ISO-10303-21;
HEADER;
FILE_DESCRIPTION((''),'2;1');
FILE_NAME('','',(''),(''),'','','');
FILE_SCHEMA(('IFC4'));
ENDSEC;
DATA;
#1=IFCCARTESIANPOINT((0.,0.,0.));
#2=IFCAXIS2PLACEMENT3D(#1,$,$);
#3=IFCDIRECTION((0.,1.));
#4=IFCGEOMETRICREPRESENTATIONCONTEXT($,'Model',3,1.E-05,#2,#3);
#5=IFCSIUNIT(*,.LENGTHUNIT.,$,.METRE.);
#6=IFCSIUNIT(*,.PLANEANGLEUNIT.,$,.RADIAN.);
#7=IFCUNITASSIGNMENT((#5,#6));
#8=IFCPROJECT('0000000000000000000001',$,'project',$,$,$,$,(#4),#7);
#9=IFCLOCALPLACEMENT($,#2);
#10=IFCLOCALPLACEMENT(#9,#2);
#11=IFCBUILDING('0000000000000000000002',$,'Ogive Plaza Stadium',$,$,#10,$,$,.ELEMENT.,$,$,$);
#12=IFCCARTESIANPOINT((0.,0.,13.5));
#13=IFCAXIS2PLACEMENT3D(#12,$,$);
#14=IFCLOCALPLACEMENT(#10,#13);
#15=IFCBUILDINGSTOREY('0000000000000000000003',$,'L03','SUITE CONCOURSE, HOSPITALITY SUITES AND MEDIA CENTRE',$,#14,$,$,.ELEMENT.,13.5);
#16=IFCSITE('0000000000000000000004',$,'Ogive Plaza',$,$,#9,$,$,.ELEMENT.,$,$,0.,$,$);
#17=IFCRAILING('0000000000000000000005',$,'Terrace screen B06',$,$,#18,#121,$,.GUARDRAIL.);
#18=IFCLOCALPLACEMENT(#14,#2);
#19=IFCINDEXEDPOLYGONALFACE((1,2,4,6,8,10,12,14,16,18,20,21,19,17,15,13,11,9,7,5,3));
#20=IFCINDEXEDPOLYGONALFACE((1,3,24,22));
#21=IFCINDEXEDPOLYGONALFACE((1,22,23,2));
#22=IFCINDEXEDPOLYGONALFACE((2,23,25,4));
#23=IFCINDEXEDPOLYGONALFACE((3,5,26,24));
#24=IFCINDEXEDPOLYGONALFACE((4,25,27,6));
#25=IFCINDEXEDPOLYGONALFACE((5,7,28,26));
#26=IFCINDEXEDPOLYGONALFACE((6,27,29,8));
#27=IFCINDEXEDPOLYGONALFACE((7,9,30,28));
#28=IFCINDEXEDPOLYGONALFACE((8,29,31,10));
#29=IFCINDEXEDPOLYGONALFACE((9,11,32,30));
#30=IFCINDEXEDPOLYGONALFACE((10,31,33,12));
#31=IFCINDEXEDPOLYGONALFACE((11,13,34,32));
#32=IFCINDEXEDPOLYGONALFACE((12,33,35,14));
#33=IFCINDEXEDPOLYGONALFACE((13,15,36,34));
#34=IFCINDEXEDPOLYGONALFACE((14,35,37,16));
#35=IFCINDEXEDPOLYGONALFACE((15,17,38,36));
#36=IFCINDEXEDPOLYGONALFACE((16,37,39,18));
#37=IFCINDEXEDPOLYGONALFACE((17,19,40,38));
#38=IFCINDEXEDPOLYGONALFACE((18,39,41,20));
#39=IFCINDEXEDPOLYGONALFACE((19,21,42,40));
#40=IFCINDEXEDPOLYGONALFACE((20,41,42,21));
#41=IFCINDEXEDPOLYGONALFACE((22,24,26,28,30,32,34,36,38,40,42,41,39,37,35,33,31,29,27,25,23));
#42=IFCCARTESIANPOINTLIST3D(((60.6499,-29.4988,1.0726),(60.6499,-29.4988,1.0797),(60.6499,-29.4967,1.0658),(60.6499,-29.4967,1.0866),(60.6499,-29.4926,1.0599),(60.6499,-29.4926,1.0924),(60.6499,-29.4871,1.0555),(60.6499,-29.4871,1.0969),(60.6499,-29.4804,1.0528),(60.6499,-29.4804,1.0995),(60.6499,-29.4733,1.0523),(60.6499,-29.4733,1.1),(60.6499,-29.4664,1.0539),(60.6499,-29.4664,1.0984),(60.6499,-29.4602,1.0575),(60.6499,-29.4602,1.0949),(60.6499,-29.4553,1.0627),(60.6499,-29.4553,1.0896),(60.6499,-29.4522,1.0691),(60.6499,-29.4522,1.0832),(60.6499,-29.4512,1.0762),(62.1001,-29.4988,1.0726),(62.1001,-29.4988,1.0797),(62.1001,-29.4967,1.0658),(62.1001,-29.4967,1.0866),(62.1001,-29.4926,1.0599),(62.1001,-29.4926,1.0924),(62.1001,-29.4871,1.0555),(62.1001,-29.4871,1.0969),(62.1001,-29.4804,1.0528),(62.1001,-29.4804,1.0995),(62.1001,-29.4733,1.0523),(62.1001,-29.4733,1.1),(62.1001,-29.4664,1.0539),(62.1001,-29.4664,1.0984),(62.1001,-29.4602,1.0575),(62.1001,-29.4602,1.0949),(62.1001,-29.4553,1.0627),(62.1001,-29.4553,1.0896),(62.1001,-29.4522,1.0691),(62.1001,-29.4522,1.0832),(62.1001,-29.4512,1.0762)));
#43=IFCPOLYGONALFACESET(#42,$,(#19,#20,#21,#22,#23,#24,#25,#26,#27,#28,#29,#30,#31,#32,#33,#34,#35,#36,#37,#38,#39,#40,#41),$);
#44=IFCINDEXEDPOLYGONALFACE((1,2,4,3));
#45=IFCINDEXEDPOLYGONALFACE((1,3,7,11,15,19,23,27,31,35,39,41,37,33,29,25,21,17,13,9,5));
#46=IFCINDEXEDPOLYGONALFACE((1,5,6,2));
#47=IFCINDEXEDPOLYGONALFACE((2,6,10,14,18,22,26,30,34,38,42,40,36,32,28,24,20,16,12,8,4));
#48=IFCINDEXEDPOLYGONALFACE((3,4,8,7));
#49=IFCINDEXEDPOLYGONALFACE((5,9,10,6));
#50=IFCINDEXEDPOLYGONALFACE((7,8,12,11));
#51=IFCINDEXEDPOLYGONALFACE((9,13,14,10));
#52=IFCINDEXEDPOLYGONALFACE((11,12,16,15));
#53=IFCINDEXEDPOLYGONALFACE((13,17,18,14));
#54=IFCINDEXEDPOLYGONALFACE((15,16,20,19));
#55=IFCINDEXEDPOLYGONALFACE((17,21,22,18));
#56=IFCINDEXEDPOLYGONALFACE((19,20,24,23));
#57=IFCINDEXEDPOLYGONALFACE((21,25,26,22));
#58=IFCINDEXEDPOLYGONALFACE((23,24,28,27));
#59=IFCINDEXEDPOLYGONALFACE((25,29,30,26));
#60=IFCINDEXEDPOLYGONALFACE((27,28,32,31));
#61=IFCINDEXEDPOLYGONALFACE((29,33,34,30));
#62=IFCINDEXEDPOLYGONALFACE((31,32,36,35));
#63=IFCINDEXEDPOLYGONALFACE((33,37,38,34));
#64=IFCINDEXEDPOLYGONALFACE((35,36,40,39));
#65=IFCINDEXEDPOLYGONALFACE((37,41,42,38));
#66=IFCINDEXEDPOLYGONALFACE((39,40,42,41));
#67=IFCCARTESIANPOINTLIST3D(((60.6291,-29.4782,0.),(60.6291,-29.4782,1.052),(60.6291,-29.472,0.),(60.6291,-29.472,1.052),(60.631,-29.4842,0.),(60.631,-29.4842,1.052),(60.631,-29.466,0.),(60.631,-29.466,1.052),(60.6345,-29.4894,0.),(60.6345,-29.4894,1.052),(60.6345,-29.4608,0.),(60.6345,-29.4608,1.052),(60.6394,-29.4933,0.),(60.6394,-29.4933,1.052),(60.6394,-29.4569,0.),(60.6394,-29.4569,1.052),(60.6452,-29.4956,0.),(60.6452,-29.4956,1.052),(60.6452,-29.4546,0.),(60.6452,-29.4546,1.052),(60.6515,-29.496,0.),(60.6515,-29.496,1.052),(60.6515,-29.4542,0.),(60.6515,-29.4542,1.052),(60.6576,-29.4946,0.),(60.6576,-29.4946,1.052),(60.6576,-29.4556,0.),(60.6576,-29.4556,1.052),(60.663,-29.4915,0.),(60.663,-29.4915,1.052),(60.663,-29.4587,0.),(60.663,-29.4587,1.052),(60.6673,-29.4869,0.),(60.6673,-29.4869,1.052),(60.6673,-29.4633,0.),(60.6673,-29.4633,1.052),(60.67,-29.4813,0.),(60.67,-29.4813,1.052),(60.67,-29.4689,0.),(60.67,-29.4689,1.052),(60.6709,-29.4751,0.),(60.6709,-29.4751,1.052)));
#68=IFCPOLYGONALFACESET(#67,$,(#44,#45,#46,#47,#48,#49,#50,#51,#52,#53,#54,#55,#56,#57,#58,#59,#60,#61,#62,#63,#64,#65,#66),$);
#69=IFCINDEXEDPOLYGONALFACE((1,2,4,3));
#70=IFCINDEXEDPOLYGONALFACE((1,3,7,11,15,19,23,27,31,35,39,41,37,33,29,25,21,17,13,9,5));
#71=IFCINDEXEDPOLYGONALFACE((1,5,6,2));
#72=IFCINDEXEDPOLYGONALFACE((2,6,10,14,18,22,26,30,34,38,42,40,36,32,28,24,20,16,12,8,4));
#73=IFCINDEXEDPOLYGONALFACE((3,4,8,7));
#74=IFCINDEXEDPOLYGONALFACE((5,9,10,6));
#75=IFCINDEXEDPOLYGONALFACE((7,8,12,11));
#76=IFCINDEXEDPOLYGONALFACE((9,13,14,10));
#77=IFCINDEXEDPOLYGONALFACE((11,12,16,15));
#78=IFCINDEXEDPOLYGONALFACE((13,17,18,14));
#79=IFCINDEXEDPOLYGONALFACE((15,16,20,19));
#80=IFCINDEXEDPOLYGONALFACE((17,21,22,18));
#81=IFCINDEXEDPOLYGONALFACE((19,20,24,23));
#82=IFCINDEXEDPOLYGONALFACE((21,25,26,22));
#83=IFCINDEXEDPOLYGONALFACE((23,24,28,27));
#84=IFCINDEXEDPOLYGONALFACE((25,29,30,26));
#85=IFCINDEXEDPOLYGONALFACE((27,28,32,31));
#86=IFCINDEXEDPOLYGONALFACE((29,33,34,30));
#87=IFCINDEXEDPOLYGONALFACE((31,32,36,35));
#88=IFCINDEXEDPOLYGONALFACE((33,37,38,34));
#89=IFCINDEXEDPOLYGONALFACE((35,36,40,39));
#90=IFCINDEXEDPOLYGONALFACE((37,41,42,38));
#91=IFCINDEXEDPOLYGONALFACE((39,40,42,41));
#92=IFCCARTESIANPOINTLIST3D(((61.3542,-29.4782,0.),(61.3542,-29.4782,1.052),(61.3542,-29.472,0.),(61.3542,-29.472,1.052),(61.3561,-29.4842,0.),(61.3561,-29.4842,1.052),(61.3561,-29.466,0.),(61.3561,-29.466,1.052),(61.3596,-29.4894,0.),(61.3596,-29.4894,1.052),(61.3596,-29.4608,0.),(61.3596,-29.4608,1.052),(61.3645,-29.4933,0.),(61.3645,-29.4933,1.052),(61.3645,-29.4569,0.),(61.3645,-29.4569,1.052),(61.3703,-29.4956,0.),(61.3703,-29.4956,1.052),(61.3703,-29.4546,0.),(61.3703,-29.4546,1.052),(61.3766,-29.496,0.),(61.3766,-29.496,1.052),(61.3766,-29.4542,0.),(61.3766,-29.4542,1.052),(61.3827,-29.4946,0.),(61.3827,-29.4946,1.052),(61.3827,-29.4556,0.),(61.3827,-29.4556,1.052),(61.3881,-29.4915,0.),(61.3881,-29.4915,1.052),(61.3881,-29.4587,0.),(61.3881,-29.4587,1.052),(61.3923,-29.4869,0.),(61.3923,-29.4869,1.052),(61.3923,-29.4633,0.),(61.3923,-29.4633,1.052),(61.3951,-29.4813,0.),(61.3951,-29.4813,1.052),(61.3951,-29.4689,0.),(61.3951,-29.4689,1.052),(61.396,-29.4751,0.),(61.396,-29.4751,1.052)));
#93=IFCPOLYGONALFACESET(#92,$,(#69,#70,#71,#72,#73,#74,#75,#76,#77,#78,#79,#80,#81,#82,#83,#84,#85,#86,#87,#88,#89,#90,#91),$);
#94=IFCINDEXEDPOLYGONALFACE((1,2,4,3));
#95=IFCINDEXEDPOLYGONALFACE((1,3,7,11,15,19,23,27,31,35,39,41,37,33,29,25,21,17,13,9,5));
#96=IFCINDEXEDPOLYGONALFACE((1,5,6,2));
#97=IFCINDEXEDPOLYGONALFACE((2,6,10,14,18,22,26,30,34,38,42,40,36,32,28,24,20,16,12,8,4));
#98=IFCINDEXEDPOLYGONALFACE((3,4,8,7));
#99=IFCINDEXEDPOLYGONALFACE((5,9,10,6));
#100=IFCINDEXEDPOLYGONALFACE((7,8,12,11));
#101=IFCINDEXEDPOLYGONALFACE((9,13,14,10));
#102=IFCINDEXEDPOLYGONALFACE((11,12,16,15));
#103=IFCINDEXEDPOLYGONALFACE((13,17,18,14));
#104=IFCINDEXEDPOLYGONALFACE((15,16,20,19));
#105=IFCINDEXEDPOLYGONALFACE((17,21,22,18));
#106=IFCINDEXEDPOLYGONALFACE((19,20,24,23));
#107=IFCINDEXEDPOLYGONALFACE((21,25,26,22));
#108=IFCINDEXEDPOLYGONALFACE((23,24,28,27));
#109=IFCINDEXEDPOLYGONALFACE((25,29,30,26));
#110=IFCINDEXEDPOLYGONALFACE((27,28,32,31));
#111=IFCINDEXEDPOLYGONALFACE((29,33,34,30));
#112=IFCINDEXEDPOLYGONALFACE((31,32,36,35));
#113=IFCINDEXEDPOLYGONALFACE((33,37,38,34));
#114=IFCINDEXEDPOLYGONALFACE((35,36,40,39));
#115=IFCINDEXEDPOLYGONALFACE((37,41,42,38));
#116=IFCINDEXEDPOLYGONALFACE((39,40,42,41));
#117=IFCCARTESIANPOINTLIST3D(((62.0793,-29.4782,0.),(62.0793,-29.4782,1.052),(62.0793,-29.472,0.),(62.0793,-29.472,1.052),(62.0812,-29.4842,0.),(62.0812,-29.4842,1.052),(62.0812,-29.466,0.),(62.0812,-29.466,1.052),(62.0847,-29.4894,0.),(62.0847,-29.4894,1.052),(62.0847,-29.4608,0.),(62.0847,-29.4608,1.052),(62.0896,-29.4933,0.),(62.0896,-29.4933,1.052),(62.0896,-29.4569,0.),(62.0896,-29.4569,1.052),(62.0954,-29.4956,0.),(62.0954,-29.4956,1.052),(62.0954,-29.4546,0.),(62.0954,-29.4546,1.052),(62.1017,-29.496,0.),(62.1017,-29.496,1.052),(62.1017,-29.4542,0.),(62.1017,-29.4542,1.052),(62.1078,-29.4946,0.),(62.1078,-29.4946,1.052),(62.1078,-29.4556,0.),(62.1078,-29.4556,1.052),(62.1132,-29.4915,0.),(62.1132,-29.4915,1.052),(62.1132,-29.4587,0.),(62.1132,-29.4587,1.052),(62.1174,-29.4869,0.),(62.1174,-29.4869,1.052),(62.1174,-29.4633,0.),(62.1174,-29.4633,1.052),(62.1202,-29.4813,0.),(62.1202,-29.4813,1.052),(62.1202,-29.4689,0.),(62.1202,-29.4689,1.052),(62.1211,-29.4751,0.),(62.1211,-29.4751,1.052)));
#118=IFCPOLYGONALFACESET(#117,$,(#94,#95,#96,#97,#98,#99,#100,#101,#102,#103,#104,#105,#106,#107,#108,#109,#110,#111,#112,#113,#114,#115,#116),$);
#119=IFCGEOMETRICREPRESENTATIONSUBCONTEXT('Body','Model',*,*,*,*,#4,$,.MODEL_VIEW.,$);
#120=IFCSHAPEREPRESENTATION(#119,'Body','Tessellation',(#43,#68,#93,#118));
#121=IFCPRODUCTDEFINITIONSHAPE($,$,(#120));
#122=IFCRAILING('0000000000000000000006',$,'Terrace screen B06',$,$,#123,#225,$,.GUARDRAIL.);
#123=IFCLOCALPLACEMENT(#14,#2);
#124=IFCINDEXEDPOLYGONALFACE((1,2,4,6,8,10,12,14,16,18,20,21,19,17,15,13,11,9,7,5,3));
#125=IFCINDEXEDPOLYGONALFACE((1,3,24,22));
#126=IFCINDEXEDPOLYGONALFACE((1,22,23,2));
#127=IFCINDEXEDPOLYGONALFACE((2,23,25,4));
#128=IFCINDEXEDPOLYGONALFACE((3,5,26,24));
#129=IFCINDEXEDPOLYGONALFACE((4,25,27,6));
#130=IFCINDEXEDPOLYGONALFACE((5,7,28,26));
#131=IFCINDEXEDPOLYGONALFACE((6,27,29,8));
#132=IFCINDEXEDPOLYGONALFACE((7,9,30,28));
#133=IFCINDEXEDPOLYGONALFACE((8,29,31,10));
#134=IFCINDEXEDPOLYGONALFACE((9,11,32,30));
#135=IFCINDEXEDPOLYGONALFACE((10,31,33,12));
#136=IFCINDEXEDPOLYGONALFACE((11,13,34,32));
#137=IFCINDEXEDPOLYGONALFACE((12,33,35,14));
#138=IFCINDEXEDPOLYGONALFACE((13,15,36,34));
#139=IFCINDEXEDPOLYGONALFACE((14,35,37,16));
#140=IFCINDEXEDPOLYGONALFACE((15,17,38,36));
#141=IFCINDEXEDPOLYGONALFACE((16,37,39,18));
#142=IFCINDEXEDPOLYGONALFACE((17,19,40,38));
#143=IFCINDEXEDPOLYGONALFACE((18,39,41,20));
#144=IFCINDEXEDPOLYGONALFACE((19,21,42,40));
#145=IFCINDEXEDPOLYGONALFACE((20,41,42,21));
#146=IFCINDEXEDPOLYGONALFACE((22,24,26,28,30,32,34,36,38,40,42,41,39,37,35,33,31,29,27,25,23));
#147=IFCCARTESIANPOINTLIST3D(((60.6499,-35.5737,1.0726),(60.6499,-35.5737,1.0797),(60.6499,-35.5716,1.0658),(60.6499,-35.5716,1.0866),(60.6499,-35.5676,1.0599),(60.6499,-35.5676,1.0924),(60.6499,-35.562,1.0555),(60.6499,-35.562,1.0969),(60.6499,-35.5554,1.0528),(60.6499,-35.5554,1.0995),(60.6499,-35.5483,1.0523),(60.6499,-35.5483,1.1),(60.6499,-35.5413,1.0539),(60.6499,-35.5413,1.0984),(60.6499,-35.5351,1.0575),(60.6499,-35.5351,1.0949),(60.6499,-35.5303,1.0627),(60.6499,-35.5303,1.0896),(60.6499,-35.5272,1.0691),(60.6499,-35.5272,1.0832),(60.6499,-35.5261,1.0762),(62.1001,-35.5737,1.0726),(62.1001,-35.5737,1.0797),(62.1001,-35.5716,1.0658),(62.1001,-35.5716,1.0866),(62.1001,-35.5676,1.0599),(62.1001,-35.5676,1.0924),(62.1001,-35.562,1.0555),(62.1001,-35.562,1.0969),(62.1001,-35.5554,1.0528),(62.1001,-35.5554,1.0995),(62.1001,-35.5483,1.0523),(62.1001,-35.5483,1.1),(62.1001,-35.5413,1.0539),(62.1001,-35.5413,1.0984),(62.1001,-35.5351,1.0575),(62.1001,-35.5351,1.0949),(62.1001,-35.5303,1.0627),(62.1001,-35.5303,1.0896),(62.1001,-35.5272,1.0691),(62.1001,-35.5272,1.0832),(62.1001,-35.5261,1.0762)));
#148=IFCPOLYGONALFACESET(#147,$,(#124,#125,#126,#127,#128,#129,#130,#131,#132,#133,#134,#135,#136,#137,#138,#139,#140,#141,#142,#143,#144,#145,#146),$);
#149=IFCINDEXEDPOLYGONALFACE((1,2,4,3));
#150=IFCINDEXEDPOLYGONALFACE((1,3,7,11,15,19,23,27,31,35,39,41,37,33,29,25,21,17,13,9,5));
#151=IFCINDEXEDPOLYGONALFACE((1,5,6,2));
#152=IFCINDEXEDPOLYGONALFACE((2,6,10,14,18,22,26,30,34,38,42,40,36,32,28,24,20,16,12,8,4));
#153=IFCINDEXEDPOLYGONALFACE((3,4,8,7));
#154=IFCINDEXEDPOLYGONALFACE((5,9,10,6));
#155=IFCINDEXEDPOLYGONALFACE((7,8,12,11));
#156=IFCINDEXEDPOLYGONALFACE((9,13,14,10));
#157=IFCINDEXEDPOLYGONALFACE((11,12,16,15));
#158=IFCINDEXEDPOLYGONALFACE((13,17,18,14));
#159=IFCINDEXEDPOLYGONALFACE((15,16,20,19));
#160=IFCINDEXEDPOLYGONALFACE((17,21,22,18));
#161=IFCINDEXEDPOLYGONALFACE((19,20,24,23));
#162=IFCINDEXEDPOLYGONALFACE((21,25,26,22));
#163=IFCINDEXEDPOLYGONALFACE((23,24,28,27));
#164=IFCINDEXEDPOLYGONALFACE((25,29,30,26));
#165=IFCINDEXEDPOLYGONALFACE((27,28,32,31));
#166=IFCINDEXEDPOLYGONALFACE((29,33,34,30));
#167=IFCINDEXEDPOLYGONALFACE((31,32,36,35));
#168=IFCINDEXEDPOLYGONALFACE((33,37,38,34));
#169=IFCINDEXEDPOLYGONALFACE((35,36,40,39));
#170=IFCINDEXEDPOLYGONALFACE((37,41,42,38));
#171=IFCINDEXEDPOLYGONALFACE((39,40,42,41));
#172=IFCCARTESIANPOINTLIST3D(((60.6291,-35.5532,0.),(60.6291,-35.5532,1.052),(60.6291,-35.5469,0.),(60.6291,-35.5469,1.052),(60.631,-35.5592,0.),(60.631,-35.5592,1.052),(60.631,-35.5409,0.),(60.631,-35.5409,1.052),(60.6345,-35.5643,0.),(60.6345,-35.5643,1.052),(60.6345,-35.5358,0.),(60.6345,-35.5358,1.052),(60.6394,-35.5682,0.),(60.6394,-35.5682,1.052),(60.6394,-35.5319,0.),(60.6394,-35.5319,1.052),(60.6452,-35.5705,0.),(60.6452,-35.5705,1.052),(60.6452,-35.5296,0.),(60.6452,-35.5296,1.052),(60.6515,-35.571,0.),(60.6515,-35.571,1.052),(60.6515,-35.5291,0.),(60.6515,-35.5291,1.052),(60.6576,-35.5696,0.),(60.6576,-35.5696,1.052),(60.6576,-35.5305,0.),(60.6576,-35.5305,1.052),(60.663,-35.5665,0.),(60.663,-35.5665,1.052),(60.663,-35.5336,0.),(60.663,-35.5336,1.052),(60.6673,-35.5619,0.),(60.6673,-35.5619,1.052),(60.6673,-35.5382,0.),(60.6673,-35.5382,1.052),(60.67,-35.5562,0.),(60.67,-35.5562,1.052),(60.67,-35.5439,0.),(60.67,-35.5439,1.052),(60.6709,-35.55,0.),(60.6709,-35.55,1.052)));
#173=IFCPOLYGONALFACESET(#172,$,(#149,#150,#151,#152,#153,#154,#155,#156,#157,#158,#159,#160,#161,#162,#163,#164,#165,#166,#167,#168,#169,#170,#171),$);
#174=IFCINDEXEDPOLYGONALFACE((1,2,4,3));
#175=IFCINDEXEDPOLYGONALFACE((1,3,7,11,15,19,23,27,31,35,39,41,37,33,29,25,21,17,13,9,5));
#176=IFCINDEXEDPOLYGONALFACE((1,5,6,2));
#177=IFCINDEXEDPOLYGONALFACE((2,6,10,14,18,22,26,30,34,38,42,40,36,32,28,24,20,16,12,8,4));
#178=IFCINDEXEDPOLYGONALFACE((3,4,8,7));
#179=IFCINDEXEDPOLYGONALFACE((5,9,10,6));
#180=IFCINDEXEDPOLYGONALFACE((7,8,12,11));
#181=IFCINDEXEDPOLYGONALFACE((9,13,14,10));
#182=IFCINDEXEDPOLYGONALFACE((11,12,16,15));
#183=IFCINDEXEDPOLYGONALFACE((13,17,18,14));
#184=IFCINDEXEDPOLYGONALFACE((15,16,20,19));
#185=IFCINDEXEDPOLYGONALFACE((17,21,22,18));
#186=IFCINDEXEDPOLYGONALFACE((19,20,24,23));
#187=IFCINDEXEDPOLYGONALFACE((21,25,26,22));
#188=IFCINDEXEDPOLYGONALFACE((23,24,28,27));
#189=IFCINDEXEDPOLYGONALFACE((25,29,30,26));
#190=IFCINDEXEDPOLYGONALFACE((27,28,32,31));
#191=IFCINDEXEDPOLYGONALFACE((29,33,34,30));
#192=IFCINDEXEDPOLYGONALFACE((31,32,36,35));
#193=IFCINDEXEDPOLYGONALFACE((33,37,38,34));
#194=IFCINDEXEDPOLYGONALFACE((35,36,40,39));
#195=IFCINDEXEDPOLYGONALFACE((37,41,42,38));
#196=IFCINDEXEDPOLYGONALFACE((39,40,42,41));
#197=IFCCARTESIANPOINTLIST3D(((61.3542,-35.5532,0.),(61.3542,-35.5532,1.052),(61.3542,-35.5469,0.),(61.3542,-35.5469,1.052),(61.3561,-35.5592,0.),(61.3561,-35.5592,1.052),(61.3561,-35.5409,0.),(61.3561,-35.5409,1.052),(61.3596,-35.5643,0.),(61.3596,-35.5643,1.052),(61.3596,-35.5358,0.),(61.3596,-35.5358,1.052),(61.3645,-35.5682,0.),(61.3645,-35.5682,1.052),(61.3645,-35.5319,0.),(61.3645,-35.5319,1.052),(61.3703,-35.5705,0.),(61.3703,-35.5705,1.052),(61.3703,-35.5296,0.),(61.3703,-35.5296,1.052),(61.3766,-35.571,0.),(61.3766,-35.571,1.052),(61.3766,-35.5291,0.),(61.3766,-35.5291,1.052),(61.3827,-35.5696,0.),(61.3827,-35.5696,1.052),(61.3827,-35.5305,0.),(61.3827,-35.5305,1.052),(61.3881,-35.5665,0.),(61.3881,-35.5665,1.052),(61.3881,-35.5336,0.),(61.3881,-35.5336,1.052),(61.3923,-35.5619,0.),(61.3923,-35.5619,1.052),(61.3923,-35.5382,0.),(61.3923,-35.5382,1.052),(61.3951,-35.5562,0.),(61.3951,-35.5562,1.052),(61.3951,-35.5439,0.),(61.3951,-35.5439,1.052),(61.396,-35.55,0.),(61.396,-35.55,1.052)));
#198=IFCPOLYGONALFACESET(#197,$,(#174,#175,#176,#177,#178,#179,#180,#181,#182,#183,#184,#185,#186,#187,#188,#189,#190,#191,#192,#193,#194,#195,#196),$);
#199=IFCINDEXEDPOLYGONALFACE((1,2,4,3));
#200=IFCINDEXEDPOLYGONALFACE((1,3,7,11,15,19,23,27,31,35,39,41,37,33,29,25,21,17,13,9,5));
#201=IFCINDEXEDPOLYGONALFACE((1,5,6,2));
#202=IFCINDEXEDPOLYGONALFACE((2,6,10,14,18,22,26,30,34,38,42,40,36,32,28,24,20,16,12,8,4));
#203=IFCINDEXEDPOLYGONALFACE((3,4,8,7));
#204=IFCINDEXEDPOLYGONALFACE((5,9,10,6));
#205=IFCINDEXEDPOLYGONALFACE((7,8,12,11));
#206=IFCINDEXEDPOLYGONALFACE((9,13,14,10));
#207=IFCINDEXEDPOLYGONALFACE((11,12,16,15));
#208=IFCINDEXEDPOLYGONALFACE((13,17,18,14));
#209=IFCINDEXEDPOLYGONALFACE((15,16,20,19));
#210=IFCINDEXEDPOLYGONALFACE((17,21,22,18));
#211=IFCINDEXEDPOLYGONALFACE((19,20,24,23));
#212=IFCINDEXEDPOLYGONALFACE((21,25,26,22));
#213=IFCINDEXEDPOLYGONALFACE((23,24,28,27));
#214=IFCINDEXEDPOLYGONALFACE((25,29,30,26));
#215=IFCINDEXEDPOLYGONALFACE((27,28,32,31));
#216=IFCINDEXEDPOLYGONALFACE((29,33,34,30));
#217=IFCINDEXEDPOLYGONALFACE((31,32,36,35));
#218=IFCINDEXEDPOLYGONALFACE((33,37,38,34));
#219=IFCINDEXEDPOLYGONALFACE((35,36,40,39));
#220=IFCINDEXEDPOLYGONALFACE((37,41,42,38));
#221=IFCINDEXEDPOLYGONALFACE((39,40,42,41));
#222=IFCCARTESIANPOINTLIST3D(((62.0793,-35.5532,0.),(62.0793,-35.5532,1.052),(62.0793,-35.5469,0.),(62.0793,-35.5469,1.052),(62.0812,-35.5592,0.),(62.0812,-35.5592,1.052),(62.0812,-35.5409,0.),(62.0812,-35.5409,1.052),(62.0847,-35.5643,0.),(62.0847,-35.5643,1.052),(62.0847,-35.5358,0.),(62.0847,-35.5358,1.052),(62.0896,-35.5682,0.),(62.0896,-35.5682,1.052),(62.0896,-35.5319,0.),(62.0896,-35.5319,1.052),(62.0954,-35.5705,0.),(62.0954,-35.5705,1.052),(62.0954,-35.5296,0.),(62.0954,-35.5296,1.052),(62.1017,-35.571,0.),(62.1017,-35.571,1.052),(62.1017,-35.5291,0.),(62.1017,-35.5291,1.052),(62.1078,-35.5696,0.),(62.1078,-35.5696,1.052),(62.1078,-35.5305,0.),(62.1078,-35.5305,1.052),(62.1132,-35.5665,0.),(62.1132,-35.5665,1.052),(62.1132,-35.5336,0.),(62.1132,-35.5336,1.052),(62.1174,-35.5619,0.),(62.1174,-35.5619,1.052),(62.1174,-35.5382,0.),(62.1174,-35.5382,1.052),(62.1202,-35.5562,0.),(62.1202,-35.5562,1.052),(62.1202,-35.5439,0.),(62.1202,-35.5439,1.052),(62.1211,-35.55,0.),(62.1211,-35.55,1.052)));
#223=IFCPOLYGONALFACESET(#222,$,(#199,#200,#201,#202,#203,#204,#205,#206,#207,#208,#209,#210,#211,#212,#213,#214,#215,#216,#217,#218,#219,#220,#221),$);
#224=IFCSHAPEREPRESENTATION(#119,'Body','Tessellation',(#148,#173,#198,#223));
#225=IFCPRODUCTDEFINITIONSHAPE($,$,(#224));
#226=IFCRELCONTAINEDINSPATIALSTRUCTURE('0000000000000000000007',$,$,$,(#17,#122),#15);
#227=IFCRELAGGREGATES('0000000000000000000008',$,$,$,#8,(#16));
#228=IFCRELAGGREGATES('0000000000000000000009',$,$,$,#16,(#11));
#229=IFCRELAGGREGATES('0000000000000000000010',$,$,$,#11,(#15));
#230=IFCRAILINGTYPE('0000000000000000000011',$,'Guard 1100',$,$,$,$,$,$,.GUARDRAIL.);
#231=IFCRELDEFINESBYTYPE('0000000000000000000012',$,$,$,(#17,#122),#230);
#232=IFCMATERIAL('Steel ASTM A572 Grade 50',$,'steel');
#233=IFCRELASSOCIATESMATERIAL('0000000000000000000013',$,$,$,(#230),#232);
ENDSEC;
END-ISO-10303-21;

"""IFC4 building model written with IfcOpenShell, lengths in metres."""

from ifc_helpers import new_model, si_unit, direction, frame, origin, origin_2d, place, context, subcontext, project, spatial, circle, extrude, material, type_object, element, save


model = new_model("IFC4")

# Units and contexts
model_context = context("Model", 3, precision=1e-05, world=origin(), true_north=direction((0.0, 1.0)))
body_context = subcontext(model_context, "Body", "Model", "MODEL_VIEW")
ifc_project = project(units=[si_unit("LENGTHUNIT", "METRE"), si_unit("PLANEANGLEUNIT", "RADIAN")], contexts=[model_context])

# Site, building, storey
site_placement = place(None, origin())
site = spatial("IfcSite", under=ifc_project, at=site_placement, Name="Ogive Plaza", CompositionType="ELEMENT", RefElevation=0.0)
building_placement = place(site_placement, origin())
building = spatial("IfcBuilding", under=site, at=building_placement, Name="Ogive Plaza Stadium", CompositionType="ELEMENT")
storey_placement = place(building_placement, frame((0.0, 0.0, 13.5)))
storey = spatial("IfcBuildingStorey", under=building, at=storey_placement, Name="L03", Description="SUITE CONCOURSE, HOSPITALITY SUITES AND MEDIA CENTRE", CompositionType="ELEMENT", Elevation=13.5)

# Railings
ifc_material_1 = material(Name="Steel ASTM A572 Grade 50", Category="steel")
railing_type = type_object("IfcRailingType", Name="Guard 1100", PredefinedType="GUARDRAIL", material=ifc_material_1)
for number, where, name in (
    (1, (60.6499, -29.4751, 0.0), "Terrace screen B06"),
    (2, (60.6499, -35.55, 0.0), "Terrace screen B06"),
):
    element("IfcRailing", number, at=place(storey_placement, frame(where)), inside=storey, type_object=railing_type, Name=name, PredefinedType="GUARDRAIL", context=body_context, shape_type="SweptSolid", body=[
        extrude(circle(Radius=0.0239, at=origin_2d()), frame((0.0, 0.0, 1.0762), z_axis=(1.0, 0.0, 0.0), x_axis=(0.0, 1.0, 0.0)), (0.0, 0.0, 1.0), 1.4502),
        extrude(circle(Radius=0.021, at=origin_2d()), origin(), (0.0, 0.0, 1.0), 1.052),
        extrude(circle(Radius=0.021, at=origin_2d()), frame((0.7251, 0.0, 0.0)), (0.0, 0.0, 1.0), 1.052),
        extrude(circle(Radius=0.021, at=origin_2d()), frame((1.4502, 0.0, 0.0)), (0.0, 0.0, 1.0), 1.052),
    ])

save(model, "model.ifc")
